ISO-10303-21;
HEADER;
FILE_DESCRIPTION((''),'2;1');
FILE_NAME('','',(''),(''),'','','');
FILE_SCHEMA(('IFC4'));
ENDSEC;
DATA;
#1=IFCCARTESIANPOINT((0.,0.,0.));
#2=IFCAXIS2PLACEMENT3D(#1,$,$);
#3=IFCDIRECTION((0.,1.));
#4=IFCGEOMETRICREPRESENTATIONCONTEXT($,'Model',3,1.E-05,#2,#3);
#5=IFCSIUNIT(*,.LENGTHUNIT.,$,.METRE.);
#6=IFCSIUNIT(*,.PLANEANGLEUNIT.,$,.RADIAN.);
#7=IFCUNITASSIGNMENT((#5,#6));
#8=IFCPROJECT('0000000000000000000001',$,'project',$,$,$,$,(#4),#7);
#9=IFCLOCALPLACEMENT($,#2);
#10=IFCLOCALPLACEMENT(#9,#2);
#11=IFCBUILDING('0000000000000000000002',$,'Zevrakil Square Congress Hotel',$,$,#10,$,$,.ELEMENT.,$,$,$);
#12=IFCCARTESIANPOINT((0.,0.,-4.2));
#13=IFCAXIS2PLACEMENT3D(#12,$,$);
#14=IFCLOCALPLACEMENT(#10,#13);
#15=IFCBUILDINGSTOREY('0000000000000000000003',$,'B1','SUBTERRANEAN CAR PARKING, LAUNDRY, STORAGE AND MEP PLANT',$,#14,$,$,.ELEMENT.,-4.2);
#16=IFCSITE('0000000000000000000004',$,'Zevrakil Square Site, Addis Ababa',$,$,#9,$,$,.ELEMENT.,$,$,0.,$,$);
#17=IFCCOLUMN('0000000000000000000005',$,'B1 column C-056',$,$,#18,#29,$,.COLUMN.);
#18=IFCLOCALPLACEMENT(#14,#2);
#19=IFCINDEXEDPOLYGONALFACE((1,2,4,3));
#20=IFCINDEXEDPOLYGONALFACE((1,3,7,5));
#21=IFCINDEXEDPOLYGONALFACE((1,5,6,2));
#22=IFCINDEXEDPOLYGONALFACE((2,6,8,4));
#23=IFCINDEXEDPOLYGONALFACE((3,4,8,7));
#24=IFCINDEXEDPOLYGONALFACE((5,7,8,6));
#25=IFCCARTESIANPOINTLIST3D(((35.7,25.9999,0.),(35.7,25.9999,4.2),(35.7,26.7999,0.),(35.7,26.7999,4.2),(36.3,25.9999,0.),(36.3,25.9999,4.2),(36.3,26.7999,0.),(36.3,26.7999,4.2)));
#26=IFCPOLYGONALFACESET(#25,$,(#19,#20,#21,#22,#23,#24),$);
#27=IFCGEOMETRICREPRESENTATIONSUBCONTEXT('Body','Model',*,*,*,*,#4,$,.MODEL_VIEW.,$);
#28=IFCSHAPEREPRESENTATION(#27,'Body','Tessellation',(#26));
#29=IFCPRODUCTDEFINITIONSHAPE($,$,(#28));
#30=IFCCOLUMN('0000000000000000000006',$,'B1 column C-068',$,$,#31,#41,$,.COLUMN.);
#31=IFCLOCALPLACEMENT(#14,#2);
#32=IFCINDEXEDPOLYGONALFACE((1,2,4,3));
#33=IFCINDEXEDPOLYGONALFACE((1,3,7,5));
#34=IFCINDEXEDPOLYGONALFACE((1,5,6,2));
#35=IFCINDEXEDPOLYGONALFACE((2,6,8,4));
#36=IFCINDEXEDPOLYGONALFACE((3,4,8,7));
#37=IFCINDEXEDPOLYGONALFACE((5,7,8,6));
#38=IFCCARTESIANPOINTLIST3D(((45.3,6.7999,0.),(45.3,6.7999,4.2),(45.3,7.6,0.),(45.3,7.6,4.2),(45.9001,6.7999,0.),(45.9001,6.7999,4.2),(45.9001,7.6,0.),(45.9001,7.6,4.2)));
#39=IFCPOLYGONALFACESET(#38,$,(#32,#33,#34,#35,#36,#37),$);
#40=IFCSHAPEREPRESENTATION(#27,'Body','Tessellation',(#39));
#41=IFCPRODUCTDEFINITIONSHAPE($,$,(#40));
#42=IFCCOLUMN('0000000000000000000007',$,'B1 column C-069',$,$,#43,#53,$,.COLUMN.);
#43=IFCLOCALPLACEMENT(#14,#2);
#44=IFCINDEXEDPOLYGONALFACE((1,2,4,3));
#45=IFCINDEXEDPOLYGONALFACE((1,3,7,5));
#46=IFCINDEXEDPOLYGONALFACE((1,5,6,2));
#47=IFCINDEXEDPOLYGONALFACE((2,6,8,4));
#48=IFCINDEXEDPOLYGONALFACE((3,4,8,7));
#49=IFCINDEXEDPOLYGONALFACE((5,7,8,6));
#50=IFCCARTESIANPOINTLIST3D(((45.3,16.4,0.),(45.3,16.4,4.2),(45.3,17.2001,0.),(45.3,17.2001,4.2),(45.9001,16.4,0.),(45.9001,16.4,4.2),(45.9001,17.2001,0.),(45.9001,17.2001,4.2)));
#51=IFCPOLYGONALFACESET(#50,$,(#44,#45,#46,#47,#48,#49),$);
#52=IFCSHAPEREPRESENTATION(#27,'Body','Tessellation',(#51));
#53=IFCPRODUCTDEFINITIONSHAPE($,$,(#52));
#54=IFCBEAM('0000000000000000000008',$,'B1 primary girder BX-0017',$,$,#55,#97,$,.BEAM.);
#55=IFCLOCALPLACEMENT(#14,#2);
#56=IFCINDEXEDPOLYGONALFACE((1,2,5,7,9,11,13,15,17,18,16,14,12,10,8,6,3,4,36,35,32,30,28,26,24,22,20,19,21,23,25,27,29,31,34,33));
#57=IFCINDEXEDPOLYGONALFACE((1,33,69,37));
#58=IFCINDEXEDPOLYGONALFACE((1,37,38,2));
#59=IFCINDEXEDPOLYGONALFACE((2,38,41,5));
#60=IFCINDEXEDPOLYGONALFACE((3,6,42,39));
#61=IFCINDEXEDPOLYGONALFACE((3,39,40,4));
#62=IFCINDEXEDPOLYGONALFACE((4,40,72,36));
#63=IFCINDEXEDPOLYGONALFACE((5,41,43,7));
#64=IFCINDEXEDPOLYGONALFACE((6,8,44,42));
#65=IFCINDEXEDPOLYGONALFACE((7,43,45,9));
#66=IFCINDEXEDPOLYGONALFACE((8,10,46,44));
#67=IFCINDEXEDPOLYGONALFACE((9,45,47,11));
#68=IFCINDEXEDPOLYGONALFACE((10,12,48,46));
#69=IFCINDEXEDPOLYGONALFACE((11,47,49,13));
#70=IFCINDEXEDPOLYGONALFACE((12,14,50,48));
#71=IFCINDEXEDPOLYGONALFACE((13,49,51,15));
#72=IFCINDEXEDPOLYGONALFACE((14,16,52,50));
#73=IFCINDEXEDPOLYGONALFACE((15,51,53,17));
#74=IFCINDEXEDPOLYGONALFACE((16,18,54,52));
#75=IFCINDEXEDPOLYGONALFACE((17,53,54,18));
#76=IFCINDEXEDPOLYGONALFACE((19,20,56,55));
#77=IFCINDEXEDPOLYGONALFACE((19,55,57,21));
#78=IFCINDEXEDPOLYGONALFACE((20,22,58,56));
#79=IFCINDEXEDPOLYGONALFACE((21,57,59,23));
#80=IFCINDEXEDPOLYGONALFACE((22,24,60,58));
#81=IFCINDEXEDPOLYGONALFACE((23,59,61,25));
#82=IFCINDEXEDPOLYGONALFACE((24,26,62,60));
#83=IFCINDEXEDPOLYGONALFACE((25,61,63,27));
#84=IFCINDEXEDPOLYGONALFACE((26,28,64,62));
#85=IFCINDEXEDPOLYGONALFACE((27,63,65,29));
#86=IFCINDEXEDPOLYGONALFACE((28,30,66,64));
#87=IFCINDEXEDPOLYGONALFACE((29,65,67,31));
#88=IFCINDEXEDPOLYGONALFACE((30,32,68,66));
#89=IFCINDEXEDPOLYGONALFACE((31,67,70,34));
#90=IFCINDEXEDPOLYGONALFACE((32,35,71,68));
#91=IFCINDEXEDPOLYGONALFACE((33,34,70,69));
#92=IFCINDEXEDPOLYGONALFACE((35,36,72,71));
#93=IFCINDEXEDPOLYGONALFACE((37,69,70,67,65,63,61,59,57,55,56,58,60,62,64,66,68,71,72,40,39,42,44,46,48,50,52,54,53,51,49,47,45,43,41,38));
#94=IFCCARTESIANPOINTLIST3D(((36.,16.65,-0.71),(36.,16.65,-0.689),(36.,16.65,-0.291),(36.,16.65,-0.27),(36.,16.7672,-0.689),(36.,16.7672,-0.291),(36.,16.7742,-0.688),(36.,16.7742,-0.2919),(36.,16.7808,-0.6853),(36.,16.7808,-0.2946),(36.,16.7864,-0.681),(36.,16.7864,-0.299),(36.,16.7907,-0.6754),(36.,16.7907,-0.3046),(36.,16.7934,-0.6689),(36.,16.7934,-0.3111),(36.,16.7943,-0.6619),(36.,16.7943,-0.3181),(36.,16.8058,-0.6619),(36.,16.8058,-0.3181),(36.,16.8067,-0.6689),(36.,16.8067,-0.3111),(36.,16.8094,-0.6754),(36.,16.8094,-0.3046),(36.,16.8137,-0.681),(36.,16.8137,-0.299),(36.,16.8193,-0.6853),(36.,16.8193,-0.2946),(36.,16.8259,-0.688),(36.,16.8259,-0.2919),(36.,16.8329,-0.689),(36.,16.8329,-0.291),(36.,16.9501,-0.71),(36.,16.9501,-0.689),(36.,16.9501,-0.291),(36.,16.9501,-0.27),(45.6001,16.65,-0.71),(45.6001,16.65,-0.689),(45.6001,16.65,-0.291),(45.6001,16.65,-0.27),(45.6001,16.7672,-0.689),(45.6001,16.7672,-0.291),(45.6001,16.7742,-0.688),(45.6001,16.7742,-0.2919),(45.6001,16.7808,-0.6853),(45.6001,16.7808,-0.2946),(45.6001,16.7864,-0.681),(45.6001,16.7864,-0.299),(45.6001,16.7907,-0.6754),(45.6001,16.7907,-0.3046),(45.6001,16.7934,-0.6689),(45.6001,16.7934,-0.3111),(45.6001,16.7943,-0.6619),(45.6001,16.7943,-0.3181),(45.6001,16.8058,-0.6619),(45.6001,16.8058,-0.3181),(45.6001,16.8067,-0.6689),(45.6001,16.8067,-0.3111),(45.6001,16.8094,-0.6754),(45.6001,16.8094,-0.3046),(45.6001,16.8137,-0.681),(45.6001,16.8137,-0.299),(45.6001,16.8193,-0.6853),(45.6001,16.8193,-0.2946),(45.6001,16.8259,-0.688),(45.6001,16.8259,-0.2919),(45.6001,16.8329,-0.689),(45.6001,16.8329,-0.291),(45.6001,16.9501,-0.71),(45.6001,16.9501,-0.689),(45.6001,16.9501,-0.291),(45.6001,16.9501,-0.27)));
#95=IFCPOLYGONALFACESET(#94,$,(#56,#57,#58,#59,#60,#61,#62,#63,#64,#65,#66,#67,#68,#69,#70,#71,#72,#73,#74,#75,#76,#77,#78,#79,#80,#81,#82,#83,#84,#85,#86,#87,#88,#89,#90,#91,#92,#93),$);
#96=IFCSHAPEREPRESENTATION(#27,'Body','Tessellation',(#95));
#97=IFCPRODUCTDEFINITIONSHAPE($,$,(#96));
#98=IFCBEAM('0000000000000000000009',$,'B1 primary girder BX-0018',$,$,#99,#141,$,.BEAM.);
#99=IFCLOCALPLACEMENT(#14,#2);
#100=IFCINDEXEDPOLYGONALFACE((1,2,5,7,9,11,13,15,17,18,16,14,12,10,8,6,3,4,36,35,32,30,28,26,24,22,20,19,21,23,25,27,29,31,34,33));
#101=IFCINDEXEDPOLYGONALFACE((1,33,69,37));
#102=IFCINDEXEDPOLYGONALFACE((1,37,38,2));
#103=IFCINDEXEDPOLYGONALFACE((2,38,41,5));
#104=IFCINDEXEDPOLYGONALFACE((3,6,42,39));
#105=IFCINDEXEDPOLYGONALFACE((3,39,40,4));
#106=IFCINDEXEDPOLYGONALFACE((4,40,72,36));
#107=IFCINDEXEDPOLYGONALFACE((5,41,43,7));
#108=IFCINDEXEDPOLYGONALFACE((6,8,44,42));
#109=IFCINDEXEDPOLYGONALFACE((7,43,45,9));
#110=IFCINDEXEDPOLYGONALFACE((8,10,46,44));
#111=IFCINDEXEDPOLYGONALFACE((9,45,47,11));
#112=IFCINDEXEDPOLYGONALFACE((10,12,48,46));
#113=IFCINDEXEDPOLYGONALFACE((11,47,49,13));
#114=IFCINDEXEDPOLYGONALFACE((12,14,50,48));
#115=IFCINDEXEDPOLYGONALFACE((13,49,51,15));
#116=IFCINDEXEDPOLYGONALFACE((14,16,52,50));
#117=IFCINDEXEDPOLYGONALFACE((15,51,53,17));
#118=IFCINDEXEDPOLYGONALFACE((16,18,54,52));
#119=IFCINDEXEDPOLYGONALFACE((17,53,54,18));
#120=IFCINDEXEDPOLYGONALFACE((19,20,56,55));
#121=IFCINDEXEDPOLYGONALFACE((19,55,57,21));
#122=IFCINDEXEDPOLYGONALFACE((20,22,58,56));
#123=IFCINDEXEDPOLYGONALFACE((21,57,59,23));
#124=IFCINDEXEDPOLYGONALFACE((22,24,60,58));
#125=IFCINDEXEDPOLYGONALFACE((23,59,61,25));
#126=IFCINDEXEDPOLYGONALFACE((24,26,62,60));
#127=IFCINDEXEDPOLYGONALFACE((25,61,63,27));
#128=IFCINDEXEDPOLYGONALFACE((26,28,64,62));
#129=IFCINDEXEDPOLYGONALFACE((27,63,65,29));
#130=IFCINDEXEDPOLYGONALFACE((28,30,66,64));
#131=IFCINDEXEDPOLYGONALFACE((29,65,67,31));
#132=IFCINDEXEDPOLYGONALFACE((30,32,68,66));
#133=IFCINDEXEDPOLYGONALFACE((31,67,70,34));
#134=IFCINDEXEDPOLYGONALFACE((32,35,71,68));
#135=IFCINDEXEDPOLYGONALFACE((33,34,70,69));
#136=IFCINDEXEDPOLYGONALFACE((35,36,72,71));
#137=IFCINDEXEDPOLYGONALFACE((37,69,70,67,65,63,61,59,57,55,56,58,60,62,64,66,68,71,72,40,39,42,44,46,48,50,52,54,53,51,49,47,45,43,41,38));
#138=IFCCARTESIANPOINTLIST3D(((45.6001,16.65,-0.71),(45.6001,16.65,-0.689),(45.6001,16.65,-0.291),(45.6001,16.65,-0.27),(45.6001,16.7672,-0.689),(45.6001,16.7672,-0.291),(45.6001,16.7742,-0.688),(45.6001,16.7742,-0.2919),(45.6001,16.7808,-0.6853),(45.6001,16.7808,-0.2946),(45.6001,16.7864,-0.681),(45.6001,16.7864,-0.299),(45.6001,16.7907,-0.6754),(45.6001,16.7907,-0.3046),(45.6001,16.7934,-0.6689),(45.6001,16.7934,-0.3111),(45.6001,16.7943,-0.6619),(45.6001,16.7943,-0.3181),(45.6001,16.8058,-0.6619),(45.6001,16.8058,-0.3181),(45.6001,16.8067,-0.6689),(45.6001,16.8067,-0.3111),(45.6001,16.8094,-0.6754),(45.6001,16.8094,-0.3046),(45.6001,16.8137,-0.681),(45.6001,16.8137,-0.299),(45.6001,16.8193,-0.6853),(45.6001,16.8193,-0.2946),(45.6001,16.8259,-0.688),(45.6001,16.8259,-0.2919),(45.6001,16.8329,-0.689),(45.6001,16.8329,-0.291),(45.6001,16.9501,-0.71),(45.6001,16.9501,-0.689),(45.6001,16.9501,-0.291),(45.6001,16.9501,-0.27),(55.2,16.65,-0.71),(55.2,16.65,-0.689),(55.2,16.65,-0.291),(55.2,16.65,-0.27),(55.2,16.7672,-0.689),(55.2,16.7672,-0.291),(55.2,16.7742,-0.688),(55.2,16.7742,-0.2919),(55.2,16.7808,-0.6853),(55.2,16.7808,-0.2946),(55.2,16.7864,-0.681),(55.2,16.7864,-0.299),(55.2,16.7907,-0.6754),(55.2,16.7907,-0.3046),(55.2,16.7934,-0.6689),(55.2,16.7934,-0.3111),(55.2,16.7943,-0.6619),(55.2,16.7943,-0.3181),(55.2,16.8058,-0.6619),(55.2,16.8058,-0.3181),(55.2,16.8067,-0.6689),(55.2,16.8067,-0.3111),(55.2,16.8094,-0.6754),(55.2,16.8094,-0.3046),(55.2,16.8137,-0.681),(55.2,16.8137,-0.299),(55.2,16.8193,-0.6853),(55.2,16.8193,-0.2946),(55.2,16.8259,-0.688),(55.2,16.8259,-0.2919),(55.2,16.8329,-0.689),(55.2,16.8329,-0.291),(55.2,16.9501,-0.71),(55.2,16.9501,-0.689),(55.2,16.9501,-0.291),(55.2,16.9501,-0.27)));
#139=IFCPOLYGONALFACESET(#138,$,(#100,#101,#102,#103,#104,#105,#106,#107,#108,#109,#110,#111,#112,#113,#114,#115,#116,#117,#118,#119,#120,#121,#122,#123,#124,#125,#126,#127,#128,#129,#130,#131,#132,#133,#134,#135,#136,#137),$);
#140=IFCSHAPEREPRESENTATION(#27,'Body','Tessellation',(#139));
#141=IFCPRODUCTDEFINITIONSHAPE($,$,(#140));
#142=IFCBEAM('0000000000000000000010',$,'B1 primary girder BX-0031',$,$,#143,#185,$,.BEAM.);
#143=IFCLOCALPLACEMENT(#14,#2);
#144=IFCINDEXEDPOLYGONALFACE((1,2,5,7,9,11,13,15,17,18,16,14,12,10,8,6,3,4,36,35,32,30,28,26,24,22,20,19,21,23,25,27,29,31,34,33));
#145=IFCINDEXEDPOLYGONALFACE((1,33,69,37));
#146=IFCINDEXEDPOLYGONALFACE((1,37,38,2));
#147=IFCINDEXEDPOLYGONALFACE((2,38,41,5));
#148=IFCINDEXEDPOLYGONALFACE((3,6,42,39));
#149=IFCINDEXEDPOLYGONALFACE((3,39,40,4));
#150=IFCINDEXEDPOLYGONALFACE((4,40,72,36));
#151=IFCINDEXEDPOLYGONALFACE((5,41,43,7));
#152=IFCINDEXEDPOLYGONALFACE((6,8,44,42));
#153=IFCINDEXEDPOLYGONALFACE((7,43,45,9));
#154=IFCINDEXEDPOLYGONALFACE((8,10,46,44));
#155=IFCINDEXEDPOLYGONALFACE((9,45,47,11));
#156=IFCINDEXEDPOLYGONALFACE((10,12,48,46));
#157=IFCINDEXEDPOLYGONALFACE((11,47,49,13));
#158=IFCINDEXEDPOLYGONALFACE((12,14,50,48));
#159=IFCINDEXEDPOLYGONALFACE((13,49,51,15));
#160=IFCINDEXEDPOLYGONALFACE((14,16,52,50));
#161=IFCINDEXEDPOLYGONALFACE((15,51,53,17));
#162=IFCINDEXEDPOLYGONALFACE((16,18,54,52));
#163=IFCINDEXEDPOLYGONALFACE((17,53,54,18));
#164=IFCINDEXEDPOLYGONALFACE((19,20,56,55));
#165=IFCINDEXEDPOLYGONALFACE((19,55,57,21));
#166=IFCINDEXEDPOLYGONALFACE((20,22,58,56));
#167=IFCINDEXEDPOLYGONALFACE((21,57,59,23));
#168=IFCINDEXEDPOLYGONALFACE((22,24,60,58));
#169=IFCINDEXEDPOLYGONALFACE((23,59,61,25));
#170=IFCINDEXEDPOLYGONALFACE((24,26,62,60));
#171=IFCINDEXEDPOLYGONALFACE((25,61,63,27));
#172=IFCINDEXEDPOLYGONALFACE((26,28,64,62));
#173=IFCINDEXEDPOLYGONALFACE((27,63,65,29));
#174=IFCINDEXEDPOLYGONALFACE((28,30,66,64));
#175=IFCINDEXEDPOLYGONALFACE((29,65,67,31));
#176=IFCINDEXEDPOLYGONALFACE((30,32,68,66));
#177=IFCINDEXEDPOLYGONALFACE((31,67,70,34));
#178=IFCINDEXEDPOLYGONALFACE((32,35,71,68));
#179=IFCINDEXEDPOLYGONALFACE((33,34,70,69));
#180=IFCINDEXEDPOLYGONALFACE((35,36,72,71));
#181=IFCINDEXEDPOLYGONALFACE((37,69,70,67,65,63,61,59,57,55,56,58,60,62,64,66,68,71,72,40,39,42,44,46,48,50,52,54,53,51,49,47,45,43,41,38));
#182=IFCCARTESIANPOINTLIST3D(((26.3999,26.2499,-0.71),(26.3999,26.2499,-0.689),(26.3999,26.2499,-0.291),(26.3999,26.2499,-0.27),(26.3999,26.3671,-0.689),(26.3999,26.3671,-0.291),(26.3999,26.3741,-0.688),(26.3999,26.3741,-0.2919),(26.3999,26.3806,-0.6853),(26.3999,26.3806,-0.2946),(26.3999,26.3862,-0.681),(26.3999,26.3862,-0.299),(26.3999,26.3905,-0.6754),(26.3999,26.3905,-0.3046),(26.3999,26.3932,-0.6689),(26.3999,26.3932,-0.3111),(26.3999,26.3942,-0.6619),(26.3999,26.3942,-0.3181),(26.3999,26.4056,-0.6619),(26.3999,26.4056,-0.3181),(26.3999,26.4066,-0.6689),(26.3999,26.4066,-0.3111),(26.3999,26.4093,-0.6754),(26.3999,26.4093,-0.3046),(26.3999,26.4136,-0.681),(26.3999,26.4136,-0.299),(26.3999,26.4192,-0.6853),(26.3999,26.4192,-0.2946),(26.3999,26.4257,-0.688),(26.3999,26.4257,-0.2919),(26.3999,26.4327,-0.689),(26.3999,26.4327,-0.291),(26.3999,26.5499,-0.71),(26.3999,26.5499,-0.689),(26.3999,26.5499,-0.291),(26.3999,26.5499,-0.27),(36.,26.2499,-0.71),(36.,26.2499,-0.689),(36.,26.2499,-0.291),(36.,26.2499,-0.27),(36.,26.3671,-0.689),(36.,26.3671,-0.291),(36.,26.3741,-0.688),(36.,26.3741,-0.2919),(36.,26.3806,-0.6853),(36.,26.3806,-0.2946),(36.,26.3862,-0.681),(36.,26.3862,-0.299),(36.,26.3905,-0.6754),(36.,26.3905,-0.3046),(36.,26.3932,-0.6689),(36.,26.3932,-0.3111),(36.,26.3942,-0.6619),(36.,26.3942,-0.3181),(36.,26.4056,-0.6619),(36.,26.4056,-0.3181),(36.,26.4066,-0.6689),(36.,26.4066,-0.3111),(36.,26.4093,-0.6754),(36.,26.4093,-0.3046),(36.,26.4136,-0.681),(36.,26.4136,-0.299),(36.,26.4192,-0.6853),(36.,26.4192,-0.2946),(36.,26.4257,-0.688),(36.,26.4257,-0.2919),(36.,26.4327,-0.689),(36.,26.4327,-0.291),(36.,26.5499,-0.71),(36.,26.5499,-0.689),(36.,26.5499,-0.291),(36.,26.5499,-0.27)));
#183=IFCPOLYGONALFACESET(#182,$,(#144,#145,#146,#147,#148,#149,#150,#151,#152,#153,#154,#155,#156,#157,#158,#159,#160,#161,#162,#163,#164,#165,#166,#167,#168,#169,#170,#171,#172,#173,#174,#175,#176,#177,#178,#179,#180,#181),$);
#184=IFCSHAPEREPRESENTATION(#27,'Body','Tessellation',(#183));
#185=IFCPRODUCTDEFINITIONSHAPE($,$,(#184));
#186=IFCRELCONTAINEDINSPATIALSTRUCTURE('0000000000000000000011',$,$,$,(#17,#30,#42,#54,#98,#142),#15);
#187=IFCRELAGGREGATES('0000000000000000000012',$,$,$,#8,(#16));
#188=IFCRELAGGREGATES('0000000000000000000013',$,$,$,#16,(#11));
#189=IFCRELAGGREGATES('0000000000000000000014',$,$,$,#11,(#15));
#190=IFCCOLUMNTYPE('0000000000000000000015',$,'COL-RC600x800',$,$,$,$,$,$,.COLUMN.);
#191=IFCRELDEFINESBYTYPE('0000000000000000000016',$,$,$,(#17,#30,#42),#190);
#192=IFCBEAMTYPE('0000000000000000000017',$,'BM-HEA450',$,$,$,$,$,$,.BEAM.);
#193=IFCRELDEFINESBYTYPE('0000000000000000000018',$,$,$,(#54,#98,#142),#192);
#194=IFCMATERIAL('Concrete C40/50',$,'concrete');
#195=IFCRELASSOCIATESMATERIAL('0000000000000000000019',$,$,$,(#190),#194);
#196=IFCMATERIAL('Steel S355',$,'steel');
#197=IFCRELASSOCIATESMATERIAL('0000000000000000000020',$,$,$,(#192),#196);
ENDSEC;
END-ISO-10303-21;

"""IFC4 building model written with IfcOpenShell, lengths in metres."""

from ifc_helpers import new_model, si_unit, direction, frame, origin, origin_2d, place, context, subcontext, project, spatial, rectangle, i_section, extrude, material, material_profile, profile_set, type_object, element, save


model = new_model("IFC4")

# Units and contexts
model_context = context("Model", 3, precision=1e-05, world=origin(), true_north=direction((0.0, 1.0)))
body_context = subcontext(model_context, "Body", "Model", "MODEL_VIEW")
ifc_project = project(units=[si_unit("LENGTHUNIT", "METRE"), si_unit("PLANEANGLEUNIT", "RADIAN")], contexts=[model_context])

# Site, building, storey
site_placement = place(None, origin())
site = spatial("IfcSite", under=ifc_project, at=site_placement, Name="Zevrakil Square Site, Addis Ababa", CompositionType="ELEMENT", RefElevation=0.0)
building_placement = place(site_placement, origin())
building = spatial("IfcBuilding", under=site, at=building_placement, Name="Zevrakil Square Congress Hotel", CompositionType="ELEMENT")
storey_placement = place(building_placement, frame((0.0, 0.0, -4.2)))
storey = spatial("IfcBuildingStorey", under=building, at=storey_placement, Name="B1", Description="SUBTERRANEAN CAR PARKING, LAUNDRY, STORAGE AND MEP PLANT", CompositionType="ELEMENT", Elevation=-4.2)

# Columns
ifc_material_1 = material(Name="Concrete C40/50", Category="concrete")
ifc_material_profile_1 = material_profile(ifc_material_1, rectangle(XDim=0.6001, YDim=0.8, at=origin_2d()), Name="RC 600x800")
ifc_profile_set_1 = profile_set([ifc_material_profile_1], Name="Concrete C40/50")
column_type_1 = type_object("IfcColumnType", Name="COL-RC600x800", PredefinedType="COLUMN", material=ifc_profile_set_1)
for number, where, z_axis, x_axis, name in (
    (1, (36.0, 26.3999, 0.0), (0.0, 0.0, 1.0), (1.0, 0.0, 0.0), "B1 column C-056"),
    (2, (45.6001, 7.2, 0.0), (0.0, 0.0, 1.0), (1.0, 0.0, 0.0), "B1 column C-068"),
    (3, (45.6001, 16.8, 0.0), (0.0, 0.0, 1.0), (1.0, 0.0, 0.0), "B1 column C-069"),
):
    element("IfcColumn", number, at=place(storey_placement, frame(where, z_axis=z_axis, x_axis=x_axis)), inside=storey, type_object=column_type_1, Name=name, PredefinedType="COLUMN", context=body_context, shape_type="SweptSolid", body=[
        extrude(rectangle(XDim=0.6001, YDim=0.8, at=origin_2d()), origin(), (0.0, 0.0, 1.0), 4.2),
    ])

# Beams
ifc_material_2 = material(Name="Steel S355", Category="steel")
ifc_material_profile_2 = material_profile(ifc_material_2, i_section(OverallWidth=0.3, OverallDepth=0.4399, WebThickness=0.0115, FlangeThickness=0.021, FilletRadius=0.0271, at=origin_2d()), Name="HEA 450")
ifc_profile_set_2 = profile_set([ifc_material_profile_2], Name="Steel S355")
beam_type_1 = type_object("IfcBeamType", Name="BM-HEA450", PredefinedType="BEAM", material=ifc_profile_set_2)
beam_1_placement = place(storey_placement, frame((36.0, 16.8, -0.49), z_axis=(1.0, 0.0, 0.0), x_axis=(0.0, 1.0, 0.0)))
element("IfcBeam", 4, at=beam_1_placement, inside=storey, type_object=beam_type_1, Name="B1 primary girder BX-0017", PredefinedType="BEAM", context=body_context, shape_type="SweptSolid", body=[
    extrude(i_section(OverallWidth=0.3, OverallDepth=0.4399, WebThickness=0.0115, FlangeThickness=0.021, FilletRadius=0.0271, at=origin_2d()), origin(), (0.0, 0.0, 1.0), 9.6001),
])
beam_2_placement = place(storey_placement, frame((45.6001, 16.8, -0.49), z_axis=(1.0, 0.0, 0.0), x_axis=(0.0, 1.0, 0.0)))
element("IfcBeam", 5, at=beam_2_placement, inside=storey, type_object=beam_type_1, Name="B1 primary girder BX-0018", PredefinedType="BEAM", context=body_context, shape_type="SweptSolid", body=[
    extrude(i_section(OverallWidth=0.3, OverallDepth=0.4399, WebThickness=0.0115, FlangeThickness=0.021, FilletRadius=0.0271, at=origin_2d()), origin(), (0.0, 0.0, 1.0), 9.5999),
])
for number, where, z_axis, x_axis, name in (
    (6, (26.3999, 26.3999, -0.49), (1.0, 0.0, 0.0), (0.0, 1.0, 0.0), "B1 primary girder BX-0031"),
):
    element("IfcBeam", number, at=place(storey_placement, frame(where, z_axis=z_axis, x_axis=x_axis)), inside=storey, type_object=beam_type_1, Name=name, PredefinedType="BEAM", context=body_context, shape_type="SweptSolid", body=[
        extrude(i_section(OverallWidth=0.3, OverallDepth=0.4399, WebThickness=0.0115, FlangeThickness=0.021, FilletRadius=0.0271, at=origin_2d()), origin(), (0.0, 0.0, 1.0), 9.6001),
    ])

save(model, "model.ifc")
